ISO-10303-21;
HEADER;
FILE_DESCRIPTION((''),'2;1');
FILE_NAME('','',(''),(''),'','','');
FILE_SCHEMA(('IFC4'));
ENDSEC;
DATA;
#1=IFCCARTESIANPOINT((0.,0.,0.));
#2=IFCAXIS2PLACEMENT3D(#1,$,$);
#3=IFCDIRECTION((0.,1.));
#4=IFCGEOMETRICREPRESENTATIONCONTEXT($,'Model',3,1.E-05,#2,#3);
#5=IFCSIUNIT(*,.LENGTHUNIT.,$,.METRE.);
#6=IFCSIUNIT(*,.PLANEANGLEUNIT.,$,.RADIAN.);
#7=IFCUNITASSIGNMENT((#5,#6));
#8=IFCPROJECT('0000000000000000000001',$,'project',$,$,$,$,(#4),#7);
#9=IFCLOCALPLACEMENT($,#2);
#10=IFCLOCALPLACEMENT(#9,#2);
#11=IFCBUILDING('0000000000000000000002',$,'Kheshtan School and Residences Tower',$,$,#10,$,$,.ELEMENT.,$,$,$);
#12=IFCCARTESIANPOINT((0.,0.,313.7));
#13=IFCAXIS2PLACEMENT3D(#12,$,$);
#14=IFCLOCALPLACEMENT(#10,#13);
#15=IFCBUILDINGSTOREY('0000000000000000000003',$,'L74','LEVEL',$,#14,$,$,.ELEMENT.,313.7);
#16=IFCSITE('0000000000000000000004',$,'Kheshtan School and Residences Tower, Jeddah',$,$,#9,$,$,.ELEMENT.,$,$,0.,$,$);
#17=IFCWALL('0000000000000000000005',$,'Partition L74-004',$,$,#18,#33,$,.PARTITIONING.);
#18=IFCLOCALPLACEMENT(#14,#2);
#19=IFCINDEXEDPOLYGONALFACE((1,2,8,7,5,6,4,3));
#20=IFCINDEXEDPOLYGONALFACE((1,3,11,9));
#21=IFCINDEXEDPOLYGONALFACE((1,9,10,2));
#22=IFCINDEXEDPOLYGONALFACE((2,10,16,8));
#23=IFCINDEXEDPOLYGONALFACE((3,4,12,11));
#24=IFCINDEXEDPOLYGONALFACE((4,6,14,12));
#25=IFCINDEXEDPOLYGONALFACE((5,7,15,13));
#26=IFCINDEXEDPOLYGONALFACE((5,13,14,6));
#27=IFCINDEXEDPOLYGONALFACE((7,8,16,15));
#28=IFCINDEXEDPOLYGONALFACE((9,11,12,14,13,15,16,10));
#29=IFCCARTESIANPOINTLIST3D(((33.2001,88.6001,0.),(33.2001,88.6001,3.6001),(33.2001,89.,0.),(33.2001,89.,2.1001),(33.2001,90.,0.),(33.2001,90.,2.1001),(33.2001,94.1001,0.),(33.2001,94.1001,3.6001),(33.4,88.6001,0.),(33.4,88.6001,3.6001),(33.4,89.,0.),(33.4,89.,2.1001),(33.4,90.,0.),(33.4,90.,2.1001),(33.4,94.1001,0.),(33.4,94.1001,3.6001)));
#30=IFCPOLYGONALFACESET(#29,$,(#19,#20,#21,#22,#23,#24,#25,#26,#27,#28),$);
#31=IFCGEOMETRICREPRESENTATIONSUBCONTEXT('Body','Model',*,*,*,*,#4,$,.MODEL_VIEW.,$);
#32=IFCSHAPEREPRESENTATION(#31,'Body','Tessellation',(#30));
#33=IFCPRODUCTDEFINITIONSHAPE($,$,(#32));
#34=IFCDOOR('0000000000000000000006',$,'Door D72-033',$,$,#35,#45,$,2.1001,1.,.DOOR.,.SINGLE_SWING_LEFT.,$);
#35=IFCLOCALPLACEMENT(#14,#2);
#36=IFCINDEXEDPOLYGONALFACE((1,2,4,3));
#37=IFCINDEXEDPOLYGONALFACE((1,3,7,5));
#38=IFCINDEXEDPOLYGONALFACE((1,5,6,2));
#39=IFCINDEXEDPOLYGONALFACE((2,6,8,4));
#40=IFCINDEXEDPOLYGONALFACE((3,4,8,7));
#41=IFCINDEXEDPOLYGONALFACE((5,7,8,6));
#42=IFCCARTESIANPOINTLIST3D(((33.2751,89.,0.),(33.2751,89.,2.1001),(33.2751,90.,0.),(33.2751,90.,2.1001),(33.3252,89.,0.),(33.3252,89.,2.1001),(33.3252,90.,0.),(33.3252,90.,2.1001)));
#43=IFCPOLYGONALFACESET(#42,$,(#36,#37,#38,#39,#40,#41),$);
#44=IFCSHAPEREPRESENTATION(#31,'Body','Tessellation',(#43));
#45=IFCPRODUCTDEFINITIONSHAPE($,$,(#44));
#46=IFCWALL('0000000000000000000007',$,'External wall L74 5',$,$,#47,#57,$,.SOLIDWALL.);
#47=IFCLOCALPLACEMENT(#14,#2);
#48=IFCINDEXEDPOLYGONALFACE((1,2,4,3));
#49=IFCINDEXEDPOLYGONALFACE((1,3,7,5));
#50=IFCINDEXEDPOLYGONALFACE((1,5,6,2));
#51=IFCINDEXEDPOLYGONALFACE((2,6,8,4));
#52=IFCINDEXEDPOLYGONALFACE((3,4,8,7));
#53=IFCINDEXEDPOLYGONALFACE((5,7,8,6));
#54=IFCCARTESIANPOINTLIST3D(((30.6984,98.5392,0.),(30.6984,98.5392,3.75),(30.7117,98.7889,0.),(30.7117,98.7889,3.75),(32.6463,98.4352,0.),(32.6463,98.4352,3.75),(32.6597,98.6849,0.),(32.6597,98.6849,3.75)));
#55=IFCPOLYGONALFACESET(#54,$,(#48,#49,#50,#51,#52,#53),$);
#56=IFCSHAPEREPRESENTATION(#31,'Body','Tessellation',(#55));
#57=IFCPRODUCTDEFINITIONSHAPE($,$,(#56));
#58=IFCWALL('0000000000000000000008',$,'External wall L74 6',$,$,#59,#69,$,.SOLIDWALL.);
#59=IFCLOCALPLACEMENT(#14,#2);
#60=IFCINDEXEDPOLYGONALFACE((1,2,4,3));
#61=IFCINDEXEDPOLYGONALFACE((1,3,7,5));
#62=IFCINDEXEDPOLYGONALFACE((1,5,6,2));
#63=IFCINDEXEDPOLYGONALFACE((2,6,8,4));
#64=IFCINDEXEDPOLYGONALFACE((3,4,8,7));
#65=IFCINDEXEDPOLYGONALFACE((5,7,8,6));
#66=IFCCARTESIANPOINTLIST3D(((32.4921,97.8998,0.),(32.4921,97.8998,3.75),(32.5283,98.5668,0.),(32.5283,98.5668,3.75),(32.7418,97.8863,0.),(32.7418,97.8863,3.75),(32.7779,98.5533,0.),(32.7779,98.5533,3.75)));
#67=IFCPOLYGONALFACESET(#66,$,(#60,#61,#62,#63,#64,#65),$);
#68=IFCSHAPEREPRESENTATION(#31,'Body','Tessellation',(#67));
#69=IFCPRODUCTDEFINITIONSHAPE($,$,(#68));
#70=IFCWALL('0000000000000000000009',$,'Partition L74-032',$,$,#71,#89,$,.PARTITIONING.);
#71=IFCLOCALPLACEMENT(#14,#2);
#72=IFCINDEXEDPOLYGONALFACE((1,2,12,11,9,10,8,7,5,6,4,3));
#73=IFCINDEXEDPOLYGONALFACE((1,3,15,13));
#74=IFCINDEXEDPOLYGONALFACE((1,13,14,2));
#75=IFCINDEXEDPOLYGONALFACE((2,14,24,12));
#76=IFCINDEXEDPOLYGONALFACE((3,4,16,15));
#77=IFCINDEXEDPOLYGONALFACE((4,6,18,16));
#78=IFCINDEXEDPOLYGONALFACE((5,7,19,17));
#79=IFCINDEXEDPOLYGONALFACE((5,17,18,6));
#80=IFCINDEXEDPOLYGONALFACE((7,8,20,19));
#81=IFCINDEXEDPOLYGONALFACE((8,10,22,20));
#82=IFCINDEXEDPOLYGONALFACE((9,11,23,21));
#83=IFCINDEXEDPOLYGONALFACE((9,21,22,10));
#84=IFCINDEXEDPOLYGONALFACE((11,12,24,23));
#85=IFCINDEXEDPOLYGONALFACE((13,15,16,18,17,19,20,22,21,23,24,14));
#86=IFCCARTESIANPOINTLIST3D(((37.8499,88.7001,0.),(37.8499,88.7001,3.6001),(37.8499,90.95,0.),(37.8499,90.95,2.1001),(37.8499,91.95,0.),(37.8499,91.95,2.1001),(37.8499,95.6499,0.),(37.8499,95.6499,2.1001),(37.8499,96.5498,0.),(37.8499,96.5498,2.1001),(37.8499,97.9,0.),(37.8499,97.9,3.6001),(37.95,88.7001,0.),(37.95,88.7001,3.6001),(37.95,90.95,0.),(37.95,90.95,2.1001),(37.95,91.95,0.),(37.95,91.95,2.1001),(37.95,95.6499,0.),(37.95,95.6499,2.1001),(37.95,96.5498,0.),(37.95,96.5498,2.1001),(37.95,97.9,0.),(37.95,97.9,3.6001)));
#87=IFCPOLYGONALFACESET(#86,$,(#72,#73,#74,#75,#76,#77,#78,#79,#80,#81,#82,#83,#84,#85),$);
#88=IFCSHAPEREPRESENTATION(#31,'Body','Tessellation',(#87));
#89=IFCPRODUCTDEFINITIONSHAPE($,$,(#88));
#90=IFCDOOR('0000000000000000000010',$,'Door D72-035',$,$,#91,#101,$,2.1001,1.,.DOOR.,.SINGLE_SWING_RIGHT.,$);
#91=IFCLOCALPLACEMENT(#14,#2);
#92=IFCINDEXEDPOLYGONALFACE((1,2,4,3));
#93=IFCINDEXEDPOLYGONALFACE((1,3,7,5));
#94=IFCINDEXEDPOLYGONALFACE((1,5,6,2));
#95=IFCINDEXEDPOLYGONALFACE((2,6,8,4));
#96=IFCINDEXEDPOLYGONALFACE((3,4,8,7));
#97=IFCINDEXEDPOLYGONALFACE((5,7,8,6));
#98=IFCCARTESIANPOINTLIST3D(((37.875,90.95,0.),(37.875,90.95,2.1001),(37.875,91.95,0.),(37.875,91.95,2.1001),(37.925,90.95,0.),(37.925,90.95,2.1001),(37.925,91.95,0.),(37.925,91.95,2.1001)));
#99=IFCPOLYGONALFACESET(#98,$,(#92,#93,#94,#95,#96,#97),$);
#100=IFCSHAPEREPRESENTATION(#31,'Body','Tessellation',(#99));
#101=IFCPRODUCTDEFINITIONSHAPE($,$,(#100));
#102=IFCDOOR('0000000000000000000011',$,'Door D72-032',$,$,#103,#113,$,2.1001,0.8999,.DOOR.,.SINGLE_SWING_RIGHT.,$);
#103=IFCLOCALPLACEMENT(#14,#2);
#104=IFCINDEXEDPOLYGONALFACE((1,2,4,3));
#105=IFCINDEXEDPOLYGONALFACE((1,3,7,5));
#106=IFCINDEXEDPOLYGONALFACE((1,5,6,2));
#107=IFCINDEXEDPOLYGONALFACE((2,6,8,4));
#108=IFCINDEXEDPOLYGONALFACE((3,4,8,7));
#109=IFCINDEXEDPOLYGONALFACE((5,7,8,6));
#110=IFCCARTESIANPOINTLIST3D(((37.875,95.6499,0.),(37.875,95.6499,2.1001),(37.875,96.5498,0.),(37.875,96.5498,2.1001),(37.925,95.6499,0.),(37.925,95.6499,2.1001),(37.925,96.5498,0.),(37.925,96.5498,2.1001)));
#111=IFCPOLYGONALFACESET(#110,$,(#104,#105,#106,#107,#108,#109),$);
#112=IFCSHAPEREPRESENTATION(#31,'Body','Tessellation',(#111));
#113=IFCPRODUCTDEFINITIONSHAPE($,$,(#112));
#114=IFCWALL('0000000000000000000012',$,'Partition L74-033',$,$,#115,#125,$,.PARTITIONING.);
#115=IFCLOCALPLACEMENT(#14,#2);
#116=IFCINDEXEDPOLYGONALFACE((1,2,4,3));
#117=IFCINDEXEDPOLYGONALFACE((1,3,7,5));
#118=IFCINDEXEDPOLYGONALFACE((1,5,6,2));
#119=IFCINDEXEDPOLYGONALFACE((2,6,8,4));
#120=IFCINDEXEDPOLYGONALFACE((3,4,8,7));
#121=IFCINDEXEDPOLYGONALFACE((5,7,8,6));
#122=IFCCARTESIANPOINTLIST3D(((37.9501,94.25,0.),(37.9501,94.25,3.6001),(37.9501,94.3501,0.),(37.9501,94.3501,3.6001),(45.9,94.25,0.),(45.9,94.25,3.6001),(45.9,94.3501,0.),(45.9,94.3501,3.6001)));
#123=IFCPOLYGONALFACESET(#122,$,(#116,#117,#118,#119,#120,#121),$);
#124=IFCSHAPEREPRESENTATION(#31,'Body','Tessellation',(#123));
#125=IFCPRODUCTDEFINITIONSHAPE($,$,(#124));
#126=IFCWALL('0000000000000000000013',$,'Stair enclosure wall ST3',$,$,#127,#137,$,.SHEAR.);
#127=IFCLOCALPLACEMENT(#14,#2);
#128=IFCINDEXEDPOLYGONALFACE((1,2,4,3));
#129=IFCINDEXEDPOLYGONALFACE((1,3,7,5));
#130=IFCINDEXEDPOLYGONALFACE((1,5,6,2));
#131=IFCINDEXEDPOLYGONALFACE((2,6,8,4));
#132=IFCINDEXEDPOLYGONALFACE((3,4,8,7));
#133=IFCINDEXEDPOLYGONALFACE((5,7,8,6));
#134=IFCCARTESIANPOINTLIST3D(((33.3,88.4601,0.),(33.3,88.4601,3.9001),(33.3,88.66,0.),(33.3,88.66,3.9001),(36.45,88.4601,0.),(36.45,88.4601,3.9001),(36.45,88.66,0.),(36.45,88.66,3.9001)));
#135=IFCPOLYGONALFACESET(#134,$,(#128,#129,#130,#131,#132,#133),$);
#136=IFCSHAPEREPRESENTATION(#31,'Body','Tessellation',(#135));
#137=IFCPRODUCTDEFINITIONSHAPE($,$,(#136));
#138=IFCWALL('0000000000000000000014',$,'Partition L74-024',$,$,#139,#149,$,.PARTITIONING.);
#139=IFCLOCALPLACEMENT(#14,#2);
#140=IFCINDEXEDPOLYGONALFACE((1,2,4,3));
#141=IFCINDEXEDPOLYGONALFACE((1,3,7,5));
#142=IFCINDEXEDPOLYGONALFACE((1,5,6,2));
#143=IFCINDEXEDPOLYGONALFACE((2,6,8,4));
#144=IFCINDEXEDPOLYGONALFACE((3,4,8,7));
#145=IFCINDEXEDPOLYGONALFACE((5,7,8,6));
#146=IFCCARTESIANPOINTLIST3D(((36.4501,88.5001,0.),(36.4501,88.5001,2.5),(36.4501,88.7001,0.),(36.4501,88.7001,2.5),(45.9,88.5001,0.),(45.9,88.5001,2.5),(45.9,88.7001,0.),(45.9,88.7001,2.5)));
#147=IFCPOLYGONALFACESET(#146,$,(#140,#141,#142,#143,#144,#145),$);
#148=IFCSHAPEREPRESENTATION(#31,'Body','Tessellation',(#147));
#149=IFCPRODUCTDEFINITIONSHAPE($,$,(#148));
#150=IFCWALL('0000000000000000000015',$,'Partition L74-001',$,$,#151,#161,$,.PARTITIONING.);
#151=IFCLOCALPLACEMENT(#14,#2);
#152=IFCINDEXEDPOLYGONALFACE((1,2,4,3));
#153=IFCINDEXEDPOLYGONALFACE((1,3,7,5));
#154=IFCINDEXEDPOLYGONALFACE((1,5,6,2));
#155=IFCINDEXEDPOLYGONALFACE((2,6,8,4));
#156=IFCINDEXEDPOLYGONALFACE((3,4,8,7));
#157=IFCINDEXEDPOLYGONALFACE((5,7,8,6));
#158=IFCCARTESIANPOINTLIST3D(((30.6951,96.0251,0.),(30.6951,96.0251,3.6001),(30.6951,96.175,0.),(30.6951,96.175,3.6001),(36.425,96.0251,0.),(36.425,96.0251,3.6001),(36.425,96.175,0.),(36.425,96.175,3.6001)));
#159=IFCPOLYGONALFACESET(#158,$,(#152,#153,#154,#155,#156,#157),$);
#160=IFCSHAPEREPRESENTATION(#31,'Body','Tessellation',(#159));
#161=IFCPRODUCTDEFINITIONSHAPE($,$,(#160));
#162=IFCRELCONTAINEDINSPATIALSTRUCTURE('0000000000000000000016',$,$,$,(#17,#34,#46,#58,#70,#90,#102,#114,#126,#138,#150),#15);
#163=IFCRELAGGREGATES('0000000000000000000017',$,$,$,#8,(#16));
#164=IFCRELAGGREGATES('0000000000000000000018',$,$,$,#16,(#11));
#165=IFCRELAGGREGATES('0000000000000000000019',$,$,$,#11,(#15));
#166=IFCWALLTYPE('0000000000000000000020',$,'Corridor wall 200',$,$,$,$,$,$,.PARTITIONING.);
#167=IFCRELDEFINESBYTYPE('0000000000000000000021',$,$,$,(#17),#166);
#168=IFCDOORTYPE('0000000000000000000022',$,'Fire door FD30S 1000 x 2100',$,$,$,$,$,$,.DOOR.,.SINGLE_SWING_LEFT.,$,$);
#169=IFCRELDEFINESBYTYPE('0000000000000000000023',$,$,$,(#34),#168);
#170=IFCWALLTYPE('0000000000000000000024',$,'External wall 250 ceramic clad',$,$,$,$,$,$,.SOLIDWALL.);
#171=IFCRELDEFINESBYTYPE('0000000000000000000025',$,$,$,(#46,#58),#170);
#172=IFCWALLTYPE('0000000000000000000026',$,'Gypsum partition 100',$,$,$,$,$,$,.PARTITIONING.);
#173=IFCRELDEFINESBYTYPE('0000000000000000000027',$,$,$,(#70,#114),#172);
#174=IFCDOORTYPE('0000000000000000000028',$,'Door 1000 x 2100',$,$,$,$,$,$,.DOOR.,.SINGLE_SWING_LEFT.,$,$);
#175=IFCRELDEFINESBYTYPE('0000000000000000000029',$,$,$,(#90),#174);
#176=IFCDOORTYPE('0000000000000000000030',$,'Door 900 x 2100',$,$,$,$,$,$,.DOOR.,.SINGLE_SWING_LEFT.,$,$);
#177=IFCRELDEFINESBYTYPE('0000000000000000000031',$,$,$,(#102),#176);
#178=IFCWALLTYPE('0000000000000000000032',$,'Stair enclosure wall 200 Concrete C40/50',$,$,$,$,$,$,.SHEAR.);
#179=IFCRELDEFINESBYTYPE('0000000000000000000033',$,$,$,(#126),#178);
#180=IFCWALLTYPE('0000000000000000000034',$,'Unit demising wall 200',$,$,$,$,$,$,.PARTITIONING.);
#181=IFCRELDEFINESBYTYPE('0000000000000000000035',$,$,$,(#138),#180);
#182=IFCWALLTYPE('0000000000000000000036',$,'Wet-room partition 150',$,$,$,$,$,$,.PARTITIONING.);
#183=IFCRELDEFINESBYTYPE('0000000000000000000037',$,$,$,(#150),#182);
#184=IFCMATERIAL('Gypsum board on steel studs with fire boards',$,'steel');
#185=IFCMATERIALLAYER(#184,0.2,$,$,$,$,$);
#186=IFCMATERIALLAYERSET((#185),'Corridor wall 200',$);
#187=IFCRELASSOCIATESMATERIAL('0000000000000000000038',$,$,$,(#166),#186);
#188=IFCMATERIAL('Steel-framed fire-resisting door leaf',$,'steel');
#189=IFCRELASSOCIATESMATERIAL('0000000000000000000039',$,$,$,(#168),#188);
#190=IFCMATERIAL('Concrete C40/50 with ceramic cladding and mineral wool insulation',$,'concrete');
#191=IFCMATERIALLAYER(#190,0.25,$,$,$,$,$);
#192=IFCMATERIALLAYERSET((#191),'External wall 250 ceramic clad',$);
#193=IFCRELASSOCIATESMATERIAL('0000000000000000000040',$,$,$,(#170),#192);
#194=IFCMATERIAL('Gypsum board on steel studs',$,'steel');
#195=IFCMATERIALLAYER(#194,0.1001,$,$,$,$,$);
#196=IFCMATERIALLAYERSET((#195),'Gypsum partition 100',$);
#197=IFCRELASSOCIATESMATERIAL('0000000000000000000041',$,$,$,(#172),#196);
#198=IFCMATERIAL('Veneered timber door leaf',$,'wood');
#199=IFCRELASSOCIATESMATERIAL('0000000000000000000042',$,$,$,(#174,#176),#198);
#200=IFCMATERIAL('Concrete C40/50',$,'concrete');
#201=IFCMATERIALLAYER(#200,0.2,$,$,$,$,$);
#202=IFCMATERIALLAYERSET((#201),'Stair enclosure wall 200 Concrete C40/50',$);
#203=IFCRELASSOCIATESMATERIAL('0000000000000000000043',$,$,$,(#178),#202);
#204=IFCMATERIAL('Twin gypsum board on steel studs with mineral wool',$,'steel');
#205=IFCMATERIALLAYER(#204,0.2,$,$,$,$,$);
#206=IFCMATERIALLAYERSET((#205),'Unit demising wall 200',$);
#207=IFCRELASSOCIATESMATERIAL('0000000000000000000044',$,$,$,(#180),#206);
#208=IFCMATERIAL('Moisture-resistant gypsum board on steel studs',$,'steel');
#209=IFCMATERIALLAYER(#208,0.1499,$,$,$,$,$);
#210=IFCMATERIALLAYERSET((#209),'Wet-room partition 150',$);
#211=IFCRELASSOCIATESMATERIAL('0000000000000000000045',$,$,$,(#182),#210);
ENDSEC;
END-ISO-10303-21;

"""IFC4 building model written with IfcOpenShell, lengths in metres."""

from ifc_helpers import new_model, si_unit, direction, frame, frame_2d, origin, place, context, subcontext, project, spatial, rectangle, extrude, source, transform, mapped, material, layer, layer_set, type_object, element, fill, save


model = new_model("IFC4")

# Units and contexts
model_context = context("Model", 3, precision=1e-05, world=origin(), true_north=direction((0.0, 1.0)))
body_context = subcontext(model_context, "Body", "Model", "MODEL_VIEW")
ifc_project = project(units=[si_unit("LENGTHUNIT", "METRE"), si_unit("PLANEANGLEUNIT", "RADIAN")], contexts=[model_context])

# Site, building, storey
site_placement = place(None, origin())
site = spatial("IfcSite", under=ifc_project, at=site_placement, Name="Kheshtan School and Residences Tower, Jeddah", CompositionType="ELEMENT", RefElevation=0.0)
building_placement = place(site_placement, origin())
building = spatial("IfcBuilding", under=site, at=building_placement, Name="Kheshtan School and Residences Tower", CompositionType="ELEMENT")
storey_placement = place(building_placement, frame((0.0, 0.0, 313.7)))
storey = spatial("IfcBuildingStorey", under=building, at=storey_placement, Name="L74", Description="LEVEL", CompositionType="ELEMENT", Elevation=313.7)

# Shared definitions
ifc_material_1 = material(Name="Gypsum board on steel studs with fire boards", Category="steel")
ifc_layer_1 = layer(ifc_material_1, 0.2)
ifc_layer_set_1 = layer_set([ifc_layer_1], Name="Corridor wall 200")
wall_type_1 = type_object("IfcWallType", Name="Corridor wall 200", PredefinedType="PARTITIONING", material=ifc_layer_set_1)

# Wall, opening, door
wall_1_placement = place(storey_placement, frame((33.3, 88.6001, 0.0), z_axis=(0.0, 0.0, 1.0), x_axis=(0.0, 1.0, 0.0)))
wall_1 = element("IfcWall", 1, at=wall_1_placement, inside=storey, type_object=wall_type_1, Name="Partition L74-004", PredefinedType="PARTITIONING", context=body_context, shape_type="SweptSolid", body=[
    extrude(rectangle(XDim=5.5, YDim=0.2, at=frame_2d((2.75, 0.0))), origin(), (0.0, 0.0, 1.0), 3.6001),
])
opening_1_placement = place(wall_1_placement, frame((0.3999, 0.0, 0.0)))
opening_1 = element("IfcOpeningElement", 2, at=opening_1_placement, cuts=wall_1, PredefinedType="OPENING", context=body_context, shape_type="SweptSolid", body=[
    extrude(rectangle(XDim=1.0, YDim=2.1001, at=frame_2d((0.5, 1.05))), frame((0.0, 0.1099, 0.0), z_axis=(0.0, -1.0, 0.0), x_axis=(1.0, 0.0, 0.0)), (0.0, 0.0, 1.0), 0.22),
])
ifc_material_2 = material(Name="Steel-framed fire-resisting door leaf", Category="steel")
door_type_1 = type_object("IfcDoorType", Name="Fire door FD30S 1000 x 2100", OperationType="SINGLE_SWING_LEFT", PredefinedType="DOOR", material=ifc_material_2)
shared_shape_1 = source(origin(), body_context, "Body", "SweptSolid", [
    extrude(rectangle(XDim=1.0, YDim=2.1001, at=frame_2d((0.5, 1.05))), frame((0.0, 0.0249, 0.0), z_axis=(0.0, -1.0, 0.0), x_axis=(1.0, 0.0, 0.0)), (0.0, 0.0, 1.0), 0.05),
])
door_1_placement = place(opening_1_placement, origin())
door_1 = element("IfcDoor", 3, at=door_1_placement, inside=storey, type_object=door_type_1, Name="Door D72-033", OperationType="SINGLE_SWING_LEFT", OverallHeight=2.1001, OverallWidth=1.0, PredefinedType="DOOR", context=body_context, shape_type="MappedRepresentation", body=[
    mapped(shared_shape_1, transform((0.0, 0.0, 0.0), x_axis=(1.0, 0.0, 0.0), y_axis=(0.0, 1.0, 0.0), z_axis=(0.0, 0.0, 1.0), scale=1.0)),
])
fill(opening_1, door_1)

# Walls
ifc_material_3 = material(Name="Concrete C40/50 with ceramic cladding and mineral wool insulation", Category="concrete")
ifc_layer_2 = layer(ifc_material_3, 0.25)
ifc_layer_set_2 = layer_set([ifc_layer_2], Name="External wall 250 ceramic clad")
wall_type_2 = type_object("IfcWallType", Name="External wall 250 ceramic clad", PredefinedType="SOLIDWALL", material=ifc_layer_set_2)
wall_2_placement = place(storey_placement, frame((30.7051, 98.6641, 0.0), z_axis=(0.0, 0.0, 1.0), x_axis=(0.998578, -0.053314, 0.0)))
element("IfcWall", 4, at=wall_2_placement, inside=storey, type_object=wall_type_2, Name="External wall L74 5", PredefinedType="SOLIDWALL", context=body_context, shape_type="SweptSolid", body=[
    extrude(rectangle(XDim=1.9507, YDim=0.25, at=frame_2d((0.9753, 0.0))), origin(), (0.0, 0.0, 1.0), 3.75),
])
wall_3_placement = place(storey_placement, frame((32.6531, 98.5601, 0.0), z_axis=(0.0, 0.0, 1.0), x_axis=(-0.054093, -0.998536, 0.0)))
element("IfcWall", 5, at=wall_3_placement, inside=storey, type_object=wall_type_2, Name="External wall L74 6", PredefinedType="SOLIDWALL", context=body_context, shape_type="SweptSolid", body=[
    extrude(rectangle(XDim=0.668, YDim=0.25, at=frame_2d((0.334, 0.0))), origin(), (0.0, 0.0, 1.0), 3.75),
])

# Wall, openings, doors
ifc_material_4 = material(Name="Gypsum board on steel studs", Category="steel")
ifc_layer_3 = layer(ifc_material_4, 0.1001)
ifc_layer_set_3 = layer_set([ifc_layer_3], Name="Gypsum partition 100")
wall_type_3 = type_object("IfcWallType", Name="Gypsum partition 100", PredefinedType="PARTITIONING", material=ifc_layer_set_3)
wall_4_placement = place(storey_placement, frame((37.8999, 88.7, 0.0), z_axis=(0.0, 0.0, 1.0), x_axis=(0.0, 1.0, 0.0)))
wall_4 = element("IfcWall", 6, at=wall_4_placement, inside=storey, type_object=wall_type_3, Name="Partition L74-032", PredefinedType="PARTITIONING", context=body_context, shape_type="SweptSolid", body=[
    extrude(rectangle(XDim=9.2, YDim=0.1001, at=frame_2d((4.6001, 0.0))), origin(), (0.0, 0.0, 1.0), 3.6001),
])
opening_2_placement = place(wall_4_placement, frame((6.95, 0.0, 0.0)))
opening_2 = element("IfcOpeningElement", 7, at=opening_2_placement, cuts=wall_4, PredefinedType="OPENING", context=body_context, shape_type="SweptSolid", body=[
    extrude(rectangle(XDim=0.8999, YDim=2.1001, at=frame_2d((0.45, 1.05))), frame((0.0, 0.0601, 0.0), z_axis=(0.0, -1.0, 0.0), x_axis=(1.0, 0.0, 0.0)), (0.0, 0.0, 1.0), 0.1201),
])
opening_3_placement = place(wall_4_placement, frame((2.25, 0.0, 0.0)))
opening_3 = element("IfcOpeningElement", 8, at=opening_3_placement, cuts=wall_4, PredefinedType="OPENING", context=body_context, shape_type="SweptSolid", body=[
    extrude(rectangle(XDim=1.0, YDim=2.1001, at=frame_2d((0.5, 1.05))), frame((0.0, 0.0601, 0.0), z_axis=(0.0, -1.0, 0.0), x_axis=(1.0, 0.0, 0.0)), (0.0, 0.0, 1.0), 0.1201),
])
ifc_material_5 = material(Name="Veneered timber door leaf", Category="wood")
door_type_2 = type_object("IfcDoorType", Name="Door 1000 x 2100", OperationType="SINGLE_SWING_LEFT", PredefinedType="DOOR", material=ifc_material_5)
shared_shape_2 = source(origin(), body_context, "Body", "SweptSolid", [
    extrude(rectangle(XDim=1.0, YDim=2.1001, at=frame_2d((0.5, 1.05))), frame((0.0, 0.0249, 0.0), z_axis=(0.0, -1.0, 0.0), x_axis=(1.0, 0.0, 0.0)), (0.0, 0.0, 1.0), 0.05),
])
door_2_placement = place(opening_3_placement, origin())
door_2 = element("IfcDoor", 9, at=door_2_placement, inside=storey, type_object=door_type_2, Name="Door D72-035", OperationType="SINGLE_SWING_RIGHT", OverallHeight=2.1001, OverallWidth=1.0, PredefinedType="DOOR", context=body_context, shape_type="MappedRepresentation", body=[
    mapped(shared_shape_2, transform((0.0, 0.0, 0.0), x_axis=(1.0, 0.0, 0.0), y_axis=(0.0, 1.0, 0.0), z_axis=(0.0, 0.0, 1.0), scale=1.0)),
])
fill(opening_3, door_2)
door_type_3 = type_object("IfcDoorType", Name="Door 900 x 2100", OperationType="SINGLE_SWING_LEFT", PredefinedType="DOOR", material=ifc_material_5)
shared_shape_3 = source(origin(), body_context, "Body", "SweptSolid", [
    extrude(rectangle(XDim=0.8999, YDim=2.1001, at=frame_2d((0.45, 1.05))), frame((0.0, 0.0249, 0.0), z_axis=(0.0, -1.0, 0.0), x_axis=(1.0, 0.0, 0.0)), (0.0, 0.0, 1.0), 0.05),
])
door_3_placement = place(opening_2_placement, origin())
door_3 = element("IfcDoor", 10, at=door_3_placement, inside=storey, type_object=door_type_3, Name="Door D72-032", OperationType="SINGLE_SWING_RIGHT", OverallHeight=2.1001, OverallWidth=0.8999, PredefinedType="DOOR", context=body_context, shape_type="MappedRepresentation", body=[
    mapped(shared_shape_3, transform((0.0, 0.0, 0.0), x_axis=(1.0, 0.0, 0.0), y_axis=(0.0, 1.0, 0.0), z_axis=(0.0, 0.0, 1.0), scale=1.0)),
])
fill(opening_2, door_3)

# Walls
wall_5_placement = place(storey_placement, frame((37.95, 94.3, 0.0), z_axis=(0.0, 0.0, 1.0), x_axis=(1.0, 0.0, 0.0)))
element("IfcWall", 11, at=wall_5_placement, inside=storey, type_object=wall_type_3, Name="Partition L74-033", PredefinedType="PARTITIONING", context=body_context, shape_type="SweptSolid", body=[
    extrude(rectangle(XDim=7.95, YDim=0.1001, at=frame_2d((3.9751, 0.0))), origin(), (0.0, 0.0, 1.0), 3.6001),
])
ifc_material_6 = material(Name="Concrete C40/50", Category="concrete")
ifc_layer_4 = layer(ifc_material_6, 0.2)
ifc_layer_set_4 = layer_set([ifc_layer_4], Name="Stair enclosure wall 200 Concrete C40/50")
wall_type_4 = type_object("IfcWallType", Name="Stair enclosure wall 200 Concrete C40/50", PredefinedType="SHEAR", material=ifc_layer_set_4)
wall_6_placement = place(storey_placement, frame((33.3, 88.5601, 0.0), z_axis=(0.0, 0.0, 1.0), x_axis=(1.0, 0.0, 0.0)))
element("IfcWall", 12, at=wall_6_placement, inside=storey, type_object=wall_type_4, Name="Stair enclosure wall ST3", PredefinedType="SHEAR", context=body_context, shape_type="SweptSolid", body=[
    extrude(rectangle(XDim=3.1499, YDim=0.2, at=frame_2d((1.575, 0.0))), origin(), (0.0, 0.0, 1.0), 3.9001),
])
ifc_material_7 = material(Name="Twin gypsum board on steel studs with mineral wool", Category="steel")
ifc_layer_5 = layer(ifc_material_7, 0.2)
ifc_layer_set_5 = layer_set([ifc_layer_5], Name="Unit demising wall 200")
wall_type_5 = type_object("IfcWallType", Name="Unit demising wall 200", PredefinedType="PARTITIONING", material=ifc_layer_set_5)
wall_7_placement = place(storey_placement, frame((36.45, 88.6001, 0.0), z_axis=(0.0, 0.0, 1.0), x_axis=(1.0, 0.0, 0.0)))
element("IfcWall", 13, at=wall_7_placement, inside=storey, type_object=wall_type_5, Name="Partition L74-024", PredefinedType="PARTITIONING", context=body_context, shape_type="SweptSolid", body=[
    extrude(rectangle(XDim=9.45, YDim=0.2, at=frame_2d((4.7251, 0.0))), origin(), (0.0, 0.0, 1.0), 2.5),
])
ifc_material_8 = material(Name="Moisture-resistant gypsum board on steel studs", Category="steel")
ifc_layer_6 = layer(ifc_material_8, 0.1499)
ifc_layer_set_6 = layer_set([ifc_layer_6], Name="Wet-room partition 150")
wall_type_6 = type_object("IfcWallType", Name="Wet-room partition 150", PredefinedType="PARTITIONING", material=ifc_layer_set_6)
wall_8_placement = place(storey_placement, frame((30.6951, 96.1001, 0.0), z_axis=(0.0, 0.0, 1.0), x_axis=(1.0, 0.0, 0.0)))
element("IfcWall", 14, at=wall_8_placement, inside=storey, type_object=wall_type_6, Name="Partition L74-001", PredefinedType="PARTITIONING", context=body_context, shape_type="SweptSolid", body=[
    extrude(rectangle(XDim=5.73, YDim=0.1499, at=frame_2d((2.865, 0.0))), origin(), (0.0, 0.0, 1.0), 3.6001),
])

save(model, "model.ifc")
